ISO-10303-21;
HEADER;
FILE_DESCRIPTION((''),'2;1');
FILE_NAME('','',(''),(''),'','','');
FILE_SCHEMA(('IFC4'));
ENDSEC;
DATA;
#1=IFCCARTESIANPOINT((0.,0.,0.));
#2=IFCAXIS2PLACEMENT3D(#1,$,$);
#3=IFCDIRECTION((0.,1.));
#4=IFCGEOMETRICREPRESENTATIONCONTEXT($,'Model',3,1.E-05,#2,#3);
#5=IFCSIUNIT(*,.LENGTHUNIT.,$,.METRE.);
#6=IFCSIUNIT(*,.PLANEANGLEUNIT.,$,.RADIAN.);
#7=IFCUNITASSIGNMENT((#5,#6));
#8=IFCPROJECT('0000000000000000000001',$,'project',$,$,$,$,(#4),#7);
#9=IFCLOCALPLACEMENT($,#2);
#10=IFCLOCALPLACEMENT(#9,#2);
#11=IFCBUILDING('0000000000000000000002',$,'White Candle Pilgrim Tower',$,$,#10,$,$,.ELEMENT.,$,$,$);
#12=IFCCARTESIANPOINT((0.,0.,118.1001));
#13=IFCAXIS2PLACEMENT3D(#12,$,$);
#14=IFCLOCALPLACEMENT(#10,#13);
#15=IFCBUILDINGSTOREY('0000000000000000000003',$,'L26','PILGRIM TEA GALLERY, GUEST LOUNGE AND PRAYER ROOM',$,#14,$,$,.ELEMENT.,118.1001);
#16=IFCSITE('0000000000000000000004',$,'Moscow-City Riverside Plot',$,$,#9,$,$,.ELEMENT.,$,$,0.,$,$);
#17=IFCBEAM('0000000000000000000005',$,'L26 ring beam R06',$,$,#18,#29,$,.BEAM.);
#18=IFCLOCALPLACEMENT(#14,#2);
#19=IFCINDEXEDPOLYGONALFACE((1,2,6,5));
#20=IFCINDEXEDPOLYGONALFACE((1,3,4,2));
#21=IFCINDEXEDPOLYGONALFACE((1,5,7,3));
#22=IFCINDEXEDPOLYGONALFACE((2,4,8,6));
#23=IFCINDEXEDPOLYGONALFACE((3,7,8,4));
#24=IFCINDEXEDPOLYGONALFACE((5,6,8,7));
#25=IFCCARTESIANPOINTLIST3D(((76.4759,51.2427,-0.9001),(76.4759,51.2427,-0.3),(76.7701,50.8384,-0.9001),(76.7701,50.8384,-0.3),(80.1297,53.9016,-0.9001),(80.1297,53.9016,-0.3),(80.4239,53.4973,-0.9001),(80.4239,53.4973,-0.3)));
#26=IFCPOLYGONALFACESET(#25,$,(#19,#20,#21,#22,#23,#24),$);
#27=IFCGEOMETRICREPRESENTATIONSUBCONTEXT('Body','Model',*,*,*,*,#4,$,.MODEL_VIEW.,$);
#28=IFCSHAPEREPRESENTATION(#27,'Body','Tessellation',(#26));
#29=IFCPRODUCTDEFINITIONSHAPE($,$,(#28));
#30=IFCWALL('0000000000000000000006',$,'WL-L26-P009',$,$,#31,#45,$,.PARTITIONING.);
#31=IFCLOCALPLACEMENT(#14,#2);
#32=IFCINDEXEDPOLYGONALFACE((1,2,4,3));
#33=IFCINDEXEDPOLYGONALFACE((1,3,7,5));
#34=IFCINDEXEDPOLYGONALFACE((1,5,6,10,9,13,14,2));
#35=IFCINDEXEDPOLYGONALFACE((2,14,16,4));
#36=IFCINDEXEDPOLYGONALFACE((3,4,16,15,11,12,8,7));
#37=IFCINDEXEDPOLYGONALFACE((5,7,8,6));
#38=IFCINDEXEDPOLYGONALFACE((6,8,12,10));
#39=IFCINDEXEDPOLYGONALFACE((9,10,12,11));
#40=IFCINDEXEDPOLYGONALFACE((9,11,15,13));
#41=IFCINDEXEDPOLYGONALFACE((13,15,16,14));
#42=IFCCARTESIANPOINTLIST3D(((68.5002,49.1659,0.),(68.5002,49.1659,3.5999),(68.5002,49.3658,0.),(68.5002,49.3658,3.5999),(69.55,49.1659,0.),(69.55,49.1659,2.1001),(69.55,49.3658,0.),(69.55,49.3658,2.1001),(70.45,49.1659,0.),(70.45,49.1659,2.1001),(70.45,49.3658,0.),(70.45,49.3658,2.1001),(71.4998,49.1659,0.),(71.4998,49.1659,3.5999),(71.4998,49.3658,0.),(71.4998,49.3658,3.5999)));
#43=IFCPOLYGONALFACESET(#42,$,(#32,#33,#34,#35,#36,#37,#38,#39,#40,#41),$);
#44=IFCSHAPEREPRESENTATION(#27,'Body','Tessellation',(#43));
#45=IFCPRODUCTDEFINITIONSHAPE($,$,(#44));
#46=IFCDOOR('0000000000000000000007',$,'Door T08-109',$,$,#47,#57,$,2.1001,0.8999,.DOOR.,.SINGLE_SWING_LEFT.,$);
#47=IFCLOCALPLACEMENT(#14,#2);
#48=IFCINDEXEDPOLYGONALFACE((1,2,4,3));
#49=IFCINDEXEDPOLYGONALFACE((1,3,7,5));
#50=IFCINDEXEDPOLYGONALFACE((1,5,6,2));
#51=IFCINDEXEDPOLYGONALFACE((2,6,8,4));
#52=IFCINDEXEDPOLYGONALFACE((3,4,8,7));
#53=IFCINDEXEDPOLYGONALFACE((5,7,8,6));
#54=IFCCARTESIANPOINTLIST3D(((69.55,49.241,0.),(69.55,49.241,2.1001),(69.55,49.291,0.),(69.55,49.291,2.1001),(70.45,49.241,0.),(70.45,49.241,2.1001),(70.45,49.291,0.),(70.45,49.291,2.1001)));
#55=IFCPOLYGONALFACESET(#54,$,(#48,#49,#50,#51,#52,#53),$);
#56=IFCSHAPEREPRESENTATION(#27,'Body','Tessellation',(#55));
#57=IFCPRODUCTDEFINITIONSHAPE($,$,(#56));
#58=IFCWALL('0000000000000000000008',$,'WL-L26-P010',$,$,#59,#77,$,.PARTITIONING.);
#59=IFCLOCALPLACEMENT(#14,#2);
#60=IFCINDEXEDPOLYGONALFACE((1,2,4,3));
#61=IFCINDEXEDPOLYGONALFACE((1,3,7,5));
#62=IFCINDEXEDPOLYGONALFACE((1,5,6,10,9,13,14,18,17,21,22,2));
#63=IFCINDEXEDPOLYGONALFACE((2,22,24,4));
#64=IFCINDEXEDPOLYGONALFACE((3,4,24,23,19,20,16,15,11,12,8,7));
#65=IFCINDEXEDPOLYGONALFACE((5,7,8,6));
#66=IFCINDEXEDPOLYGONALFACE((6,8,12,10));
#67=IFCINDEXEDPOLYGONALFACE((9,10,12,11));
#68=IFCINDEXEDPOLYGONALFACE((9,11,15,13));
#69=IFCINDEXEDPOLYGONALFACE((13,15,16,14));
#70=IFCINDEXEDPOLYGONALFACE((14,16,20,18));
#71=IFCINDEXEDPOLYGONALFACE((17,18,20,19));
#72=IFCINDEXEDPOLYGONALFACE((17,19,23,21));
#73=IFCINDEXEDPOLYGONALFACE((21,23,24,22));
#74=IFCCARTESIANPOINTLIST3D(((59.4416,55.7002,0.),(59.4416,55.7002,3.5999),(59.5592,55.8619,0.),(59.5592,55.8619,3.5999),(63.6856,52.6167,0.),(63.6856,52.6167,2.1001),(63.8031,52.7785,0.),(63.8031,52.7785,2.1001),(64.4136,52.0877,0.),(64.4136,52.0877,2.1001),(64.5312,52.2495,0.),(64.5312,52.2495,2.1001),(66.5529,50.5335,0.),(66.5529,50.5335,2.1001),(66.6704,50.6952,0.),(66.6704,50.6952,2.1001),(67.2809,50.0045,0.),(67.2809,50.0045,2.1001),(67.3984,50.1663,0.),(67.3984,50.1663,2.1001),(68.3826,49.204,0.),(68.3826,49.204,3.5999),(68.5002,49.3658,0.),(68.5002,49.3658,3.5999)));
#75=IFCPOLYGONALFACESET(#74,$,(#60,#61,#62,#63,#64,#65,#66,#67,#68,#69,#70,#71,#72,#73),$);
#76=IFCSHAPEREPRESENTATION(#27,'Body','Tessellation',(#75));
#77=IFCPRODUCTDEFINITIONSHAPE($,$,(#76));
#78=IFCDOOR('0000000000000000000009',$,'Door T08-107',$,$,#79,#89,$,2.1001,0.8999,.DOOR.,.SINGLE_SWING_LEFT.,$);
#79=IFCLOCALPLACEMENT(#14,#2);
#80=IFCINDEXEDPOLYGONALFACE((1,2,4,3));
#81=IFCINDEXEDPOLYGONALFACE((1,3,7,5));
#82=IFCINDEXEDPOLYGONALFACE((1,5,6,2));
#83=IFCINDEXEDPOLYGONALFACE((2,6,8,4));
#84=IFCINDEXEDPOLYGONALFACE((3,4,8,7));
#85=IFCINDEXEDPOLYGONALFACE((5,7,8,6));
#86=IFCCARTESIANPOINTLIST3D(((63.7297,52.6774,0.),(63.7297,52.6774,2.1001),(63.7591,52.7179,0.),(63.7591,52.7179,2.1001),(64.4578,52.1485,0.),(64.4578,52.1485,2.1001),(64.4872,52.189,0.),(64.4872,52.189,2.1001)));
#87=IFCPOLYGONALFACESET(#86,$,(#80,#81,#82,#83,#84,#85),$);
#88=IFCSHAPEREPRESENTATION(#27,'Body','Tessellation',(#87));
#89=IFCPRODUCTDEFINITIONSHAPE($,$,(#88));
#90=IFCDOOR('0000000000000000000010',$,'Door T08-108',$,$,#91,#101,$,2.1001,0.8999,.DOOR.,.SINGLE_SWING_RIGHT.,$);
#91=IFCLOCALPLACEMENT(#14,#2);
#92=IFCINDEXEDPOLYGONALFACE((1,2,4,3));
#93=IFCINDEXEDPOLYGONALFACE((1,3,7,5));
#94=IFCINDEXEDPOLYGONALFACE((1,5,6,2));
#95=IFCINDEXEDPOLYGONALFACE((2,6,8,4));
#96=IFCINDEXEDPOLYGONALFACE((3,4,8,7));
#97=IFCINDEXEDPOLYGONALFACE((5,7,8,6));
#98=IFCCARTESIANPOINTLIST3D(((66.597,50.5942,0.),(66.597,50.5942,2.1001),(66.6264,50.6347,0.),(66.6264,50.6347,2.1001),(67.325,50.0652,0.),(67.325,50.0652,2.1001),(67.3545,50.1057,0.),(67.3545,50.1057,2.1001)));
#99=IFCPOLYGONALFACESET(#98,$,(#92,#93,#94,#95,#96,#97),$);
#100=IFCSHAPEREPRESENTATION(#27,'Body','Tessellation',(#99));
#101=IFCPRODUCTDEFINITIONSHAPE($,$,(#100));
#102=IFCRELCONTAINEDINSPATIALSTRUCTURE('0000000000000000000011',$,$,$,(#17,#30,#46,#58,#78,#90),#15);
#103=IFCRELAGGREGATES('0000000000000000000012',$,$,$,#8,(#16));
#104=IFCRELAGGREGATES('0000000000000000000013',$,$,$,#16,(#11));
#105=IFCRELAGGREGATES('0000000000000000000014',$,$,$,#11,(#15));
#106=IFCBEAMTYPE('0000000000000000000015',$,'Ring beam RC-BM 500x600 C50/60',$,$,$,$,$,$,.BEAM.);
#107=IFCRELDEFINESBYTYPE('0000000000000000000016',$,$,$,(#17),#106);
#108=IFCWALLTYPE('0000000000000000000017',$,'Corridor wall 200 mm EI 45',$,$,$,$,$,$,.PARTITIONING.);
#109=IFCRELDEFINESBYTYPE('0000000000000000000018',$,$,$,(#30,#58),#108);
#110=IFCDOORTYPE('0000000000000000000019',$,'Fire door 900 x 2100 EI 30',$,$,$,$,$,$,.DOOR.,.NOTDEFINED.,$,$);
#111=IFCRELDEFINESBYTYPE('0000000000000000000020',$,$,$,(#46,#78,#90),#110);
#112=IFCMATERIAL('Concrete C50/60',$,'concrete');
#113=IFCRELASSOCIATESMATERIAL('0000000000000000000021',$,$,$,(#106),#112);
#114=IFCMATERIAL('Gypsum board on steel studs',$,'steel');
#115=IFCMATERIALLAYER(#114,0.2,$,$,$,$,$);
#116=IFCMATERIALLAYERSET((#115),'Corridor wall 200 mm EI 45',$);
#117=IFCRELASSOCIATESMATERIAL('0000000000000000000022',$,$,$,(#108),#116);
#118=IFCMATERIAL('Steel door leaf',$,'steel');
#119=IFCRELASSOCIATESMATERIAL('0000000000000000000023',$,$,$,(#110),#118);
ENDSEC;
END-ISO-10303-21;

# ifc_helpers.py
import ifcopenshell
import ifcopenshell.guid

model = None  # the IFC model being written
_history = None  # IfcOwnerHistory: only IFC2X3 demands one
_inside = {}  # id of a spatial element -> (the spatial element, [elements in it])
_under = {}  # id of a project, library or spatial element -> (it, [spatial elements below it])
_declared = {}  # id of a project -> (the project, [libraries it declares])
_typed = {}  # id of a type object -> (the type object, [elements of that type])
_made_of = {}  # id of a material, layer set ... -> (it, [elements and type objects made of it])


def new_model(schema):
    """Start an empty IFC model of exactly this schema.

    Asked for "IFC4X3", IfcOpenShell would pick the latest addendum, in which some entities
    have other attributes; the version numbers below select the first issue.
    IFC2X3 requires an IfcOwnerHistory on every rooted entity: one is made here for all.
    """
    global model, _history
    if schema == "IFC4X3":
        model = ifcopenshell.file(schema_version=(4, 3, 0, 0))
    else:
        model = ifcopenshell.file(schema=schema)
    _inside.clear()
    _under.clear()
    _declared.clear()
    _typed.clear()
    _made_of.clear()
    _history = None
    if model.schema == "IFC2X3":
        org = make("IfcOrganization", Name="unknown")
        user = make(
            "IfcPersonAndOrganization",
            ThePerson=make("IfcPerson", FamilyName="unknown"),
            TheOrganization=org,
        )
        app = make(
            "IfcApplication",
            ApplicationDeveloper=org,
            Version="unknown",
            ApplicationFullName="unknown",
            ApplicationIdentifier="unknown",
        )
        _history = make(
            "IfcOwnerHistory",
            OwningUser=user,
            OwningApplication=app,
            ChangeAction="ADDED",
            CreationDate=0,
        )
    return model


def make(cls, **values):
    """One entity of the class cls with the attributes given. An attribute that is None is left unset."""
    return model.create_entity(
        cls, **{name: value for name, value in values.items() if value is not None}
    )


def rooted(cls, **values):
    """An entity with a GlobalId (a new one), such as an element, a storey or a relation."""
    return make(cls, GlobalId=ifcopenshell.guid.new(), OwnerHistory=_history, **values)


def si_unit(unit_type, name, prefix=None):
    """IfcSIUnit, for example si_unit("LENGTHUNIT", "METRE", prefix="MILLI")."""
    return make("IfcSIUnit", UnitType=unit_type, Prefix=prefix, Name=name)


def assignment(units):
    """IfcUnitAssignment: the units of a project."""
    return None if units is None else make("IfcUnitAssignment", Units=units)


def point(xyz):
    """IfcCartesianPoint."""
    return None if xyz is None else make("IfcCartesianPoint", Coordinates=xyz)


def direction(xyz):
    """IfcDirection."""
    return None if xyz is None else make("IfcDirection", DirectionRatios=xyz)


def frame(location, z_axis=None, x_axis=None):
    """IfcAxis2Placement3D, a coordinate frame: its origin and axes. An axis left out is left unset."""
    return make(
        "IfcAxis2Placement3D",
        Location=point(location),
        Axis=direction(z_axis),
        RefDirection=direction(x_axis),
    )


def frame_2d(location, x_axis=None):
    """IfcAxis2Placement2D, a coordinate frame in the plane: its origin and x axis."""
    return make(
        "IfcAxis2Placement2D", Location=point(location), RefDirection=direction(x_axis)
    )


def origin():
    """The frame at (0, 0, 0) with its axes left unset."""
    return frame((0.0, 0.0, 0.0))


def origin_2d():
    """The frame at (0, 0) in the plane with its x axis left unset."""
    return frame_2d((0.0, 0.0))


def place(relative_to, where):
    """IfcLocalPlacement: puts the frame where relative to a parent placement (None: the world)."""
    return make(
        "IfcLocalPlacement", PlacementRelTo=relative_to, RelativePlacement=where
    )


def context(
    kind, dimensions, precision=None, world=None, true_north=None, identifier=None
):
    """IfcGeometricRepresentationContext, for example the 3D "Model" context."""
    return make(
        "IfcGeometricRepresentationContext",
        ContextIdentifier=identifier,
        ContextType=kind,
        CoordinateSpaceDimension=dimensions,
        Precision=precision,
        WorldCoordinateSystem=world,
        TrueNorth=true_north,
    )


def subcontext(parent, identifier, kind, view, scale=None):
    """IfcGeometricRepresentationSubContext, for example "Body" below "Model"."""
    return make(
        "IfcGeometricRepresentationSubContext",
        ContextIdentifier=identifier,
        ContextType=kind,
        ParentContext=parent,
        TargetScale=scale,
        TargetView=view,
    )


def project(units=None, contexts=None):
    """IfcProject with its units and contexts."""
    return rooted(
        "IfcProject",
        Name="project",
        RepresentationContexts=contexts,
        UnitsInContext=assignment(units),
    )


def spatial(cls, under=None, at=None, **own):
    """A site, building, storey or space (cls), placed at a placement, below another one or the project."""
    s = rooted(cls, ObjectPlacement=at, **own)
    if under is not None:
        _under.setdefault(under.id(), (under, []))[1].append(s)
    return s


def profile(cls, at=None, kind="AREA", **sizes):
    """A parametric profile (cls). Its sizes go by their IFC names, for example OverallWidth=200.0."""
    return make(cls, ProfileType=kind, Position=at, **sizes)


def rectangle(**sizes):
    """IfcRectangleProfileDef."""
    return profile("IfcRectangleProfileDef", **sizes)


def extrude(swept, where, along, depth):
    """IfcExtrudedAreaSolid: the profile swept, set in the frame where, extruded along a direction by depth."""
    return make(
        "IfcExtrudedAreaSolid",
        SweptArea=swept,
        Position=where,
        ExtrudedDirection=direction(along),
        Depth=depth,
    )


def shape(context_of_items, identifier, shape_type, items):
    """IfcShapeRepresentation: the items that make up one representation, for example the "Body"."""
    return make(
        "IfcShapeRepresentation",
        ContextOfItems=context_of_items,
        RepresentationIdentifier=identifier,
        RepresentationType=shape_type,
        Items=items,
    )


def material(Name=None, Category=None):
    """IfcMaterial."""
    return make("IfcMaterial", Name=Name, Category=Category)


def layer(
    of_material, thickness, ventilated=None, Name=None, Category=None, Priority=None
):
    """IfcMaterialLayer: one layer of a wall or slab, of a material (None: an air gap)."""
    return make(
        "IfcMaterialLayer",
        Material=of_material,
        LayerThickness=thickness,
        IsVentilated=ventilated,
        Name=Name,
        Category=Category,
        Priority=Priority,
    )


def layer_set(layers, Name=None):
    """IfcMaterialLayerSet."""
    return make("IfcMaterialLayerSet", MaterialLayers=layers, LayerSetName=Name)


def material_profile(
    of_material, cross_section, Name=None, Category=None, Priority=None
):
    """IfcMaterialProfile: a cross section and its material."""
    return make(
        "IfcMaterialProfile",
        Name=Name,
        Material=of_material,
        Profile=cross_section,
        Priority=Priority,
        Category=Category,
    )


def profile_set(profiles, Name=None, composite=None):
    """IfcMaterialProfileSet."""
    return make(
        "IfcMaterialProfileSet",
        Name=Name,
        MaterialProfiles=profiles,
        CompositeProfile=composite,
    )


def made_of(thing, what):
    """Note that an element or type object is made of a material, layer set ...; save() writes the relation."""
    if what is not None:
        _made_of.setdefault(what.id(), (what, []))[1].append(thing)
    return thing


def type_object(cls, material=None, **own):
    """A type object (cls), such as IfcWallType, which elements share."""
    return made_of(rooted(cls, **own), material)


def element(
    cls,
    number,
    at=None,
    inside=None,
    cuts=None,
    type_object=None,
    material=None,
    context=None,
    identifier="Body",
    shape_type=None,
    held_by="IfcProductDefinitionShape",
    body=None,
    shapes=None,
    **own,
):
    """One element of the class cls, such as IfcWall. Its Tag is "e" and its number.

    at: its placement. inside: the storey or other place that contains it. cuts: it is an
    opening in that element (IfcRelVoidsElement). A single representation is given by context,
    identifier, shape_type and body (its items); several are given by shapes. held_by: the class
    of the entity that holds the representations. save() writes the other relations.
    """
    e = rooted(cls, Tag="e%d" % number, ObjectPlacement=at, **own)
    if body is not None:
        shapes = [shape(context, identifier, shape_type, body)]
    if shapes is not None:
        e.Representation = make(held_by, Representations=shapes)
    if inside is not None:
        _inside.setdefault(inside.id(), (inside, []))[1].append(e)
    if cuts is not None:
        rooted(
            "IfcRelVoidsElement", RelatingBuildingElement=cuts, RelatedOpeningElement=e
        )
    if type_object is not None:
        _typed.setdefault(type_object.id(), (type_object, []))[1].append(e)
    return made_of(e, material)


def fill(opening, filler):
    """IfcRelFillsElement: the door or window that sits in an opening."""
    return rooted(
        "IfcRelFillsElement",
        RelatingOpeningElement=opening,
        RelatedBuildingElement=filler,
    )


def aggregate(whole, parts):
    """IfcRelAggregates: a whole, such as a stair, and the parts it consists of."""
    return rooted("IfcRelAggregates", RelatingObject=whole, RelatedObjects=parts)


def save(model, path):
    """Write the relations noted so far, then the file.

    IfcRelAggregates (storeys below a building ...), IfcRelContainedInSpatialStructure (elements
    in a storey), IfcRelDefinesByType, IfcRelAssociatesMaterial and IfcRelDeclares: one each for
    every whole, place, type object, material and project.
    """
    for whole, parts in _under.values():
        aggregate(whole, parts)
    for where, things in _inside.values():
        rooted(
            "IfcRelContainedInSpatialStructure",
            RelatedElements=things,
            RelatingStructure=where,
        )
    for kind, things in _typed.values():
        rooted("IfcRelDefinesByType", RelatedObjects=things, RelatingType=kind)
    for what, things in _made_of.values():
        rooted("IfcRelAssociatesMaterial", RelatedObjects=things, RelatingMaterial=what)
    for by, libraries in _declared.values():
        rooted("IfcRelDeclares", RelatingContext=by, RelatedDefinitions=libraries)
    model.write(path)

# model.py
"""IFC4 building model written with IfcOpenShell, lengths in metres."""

from ifc_helpers import new_model, si_unit, direction, frame, frame_2d, origin, origin_2d, place, context, subcontext, project, spatial, rectangle, extrude, material, layer, layer_set, material_profile, profile_set, type_object, element, fill, save


model = new_model("IFC4")

# Units and contexts
model_context = context("Model", 3, precision=1e-05, world=origin(), true_north=direction((0.0, 1.0)))
body_context = subcontext(model_context, "Body", "Model", "MODEL_VIEW")
ifc_project = project(units=[si_unit("LENGTHUNIT", "METRE"), si_unit("PLANEANGLEUNIT", "RADIAN")], contexts=[model_context])

# Site, building, storey
site_placement = place(None, origin())
site = spatial("IfcSite", under=ifc_project, at=site_placement, Name="Moscow-City Riverside Plot", CompositionType="ELEMENT", RefElevation=0.0)
building_placement = place(site_placement, origin())
building = spatial("IfcBuilding", under=site, at=building_placement, Name="White Candle Pilgrim Tower", CompositionType="ELEMENT")
storey_placement = place(building_placement, frame((0.0, 0.0, 118.1001)))
storey = spatial("IfcBuildingStorey", under=building, at=storey_placement, Name="L26", Description="PILGRIM TEA GALLERY, GUEST LOUNGE AND PRAYER ROOM", CompositionType="ELEMENT", Elevation=118.1001)

# Beam
ifc_material_1 = material(Name="Concrete C50/60", Category="concrete")
ifc_material_profile_1 = material_profile(ifc_material_1, rectangle(XDim=0.5, YDim=0.6001, at=origin_2d()), Name="RC-BM 500x600")
ifc_profile_set_1 = profile_set([ifc_material_profile_1], Name="Concrete C50/60")
beam_type = type_object("IfcBeamType", Name="Ring beam RC-BM 500x600 C50/60", PredefinedType="BEAM", material=ifc_profile_set_1)
beam_1_placement = place(storey_placement, frame((76.623, 51.0405, -0.6001), z_axis=(0.808566, 0.588406, 0.0), x_axis=(-0.588406, 0.808566, 0.0)))
element("IfcBeam", 1, at=beam_1_placement, inside=storey, type_object=beam_type, Name="L26 ring beam R06", PredefinedType="BEAM", context=body_context, shape_type="SweptSolid", body=[
    extrude(rectangle(XDim=0.5, YDim=0.6001, at=origin_2d()), origin(), (0.0, 0.0, 1.0), 4.5188),
])

# Wall, opening, door
ifc_material_2 = material(Name="Gypsum board on steel studs", Category="steel")
ifc_layer_1 = layer(ifc_material_2, 0.2)
ifc_layer_set_1 = layer_set([ifc_layer_1], Name="Corridor wall 200 mm EI 45")
wall_type_1 = type_object("IfcWallType", Name="Corridor wall 200 mm EI 45", PredefinedType="PARTITIONING", material=ifc_layer_set_1)
wall_1_placement = place(storey_placement, frame((71.4998, 49.2659, 0.0), z_axis=(0.0, 0.0, 1.0), x_axis=(-1.0, 0.0, 0.0)))
wall_1 = element("IfcWall", 2, at=wall_1_placement, inside=storey, type_object=wall_type_1, Name="WL-L26-P009", PredefinedType="PARTITIONING", context=body_context, shape_type="SweptSolid", body=[
    extrude(rectangle(XDim=2.9995, YDim=0.2, at=frame_2d((1.4998, 0.0))), origin(), (0.0, 0.0, 1.0), 3.5999),
])
opening_1_placement = place(wall_1_placement, frame((1.0498, 0.0, 0.0)))
opening_1 = element("IfcOpeningElement", 3, at=opening_1_placement, cuts=wall_1, PredefinedType="OPENING", context=body_context, shape_type="SweptSolid", body=[
    extrude(rectangle(XDim=0.8999, YDim=2.1001, at=frame_2d((0.45, 1.05))), frame((0.0, 0.1099, 0.0), z_axis=(0.0, -1.0, 0.0), x_axis=(1.0, 0.0, 0.0)), (0.0, 0.0, 1.0), 0.22),
])
ifc_material_3 = material(Name="Steel door leaf", Category="steel")
door_type_1 = type_object("IfcDoorType", Name="Fire door 900 x 2100 EI 30", OperationType="NOTDEFINED", PredefinedType="DOOR", material=ifc_material_3)
door_1_placement = place(opening_1_placement, origin())
door_1 = element("IfcDoor", 4, at=door_1_placement, inside=storey, type_object=door_type_1, Name="Door T08-109", OperationType="SINGLE_SWING_LEFT", OverallHeight=2.1001, OverallWidth=0.8999, PredefinedType="DOOR", context=body_context, shape_type="SweptSolid", body=[
    extrude(rectangle(XDim=0.8999, YDim=2.1001, at=frame_2d((0.45, 1.05))), frame((0.0, 0.0249, 0.0), z_axis=(0.0, -1.0, 0.0), x_axis=(1.0, 0.0, 0.0)), (0.0, 0.0, 1.0), 0.05),
])
fill(opening_1, door_1)

# Wall, openings, doors
wall_2_placement = place(storey_placement, frame((68.4414, 49.2849, 0.0), z_axis=(0.0, 0.0, 1.0), x_axis=(-0.809011, 0.587793, 0.0)))
wall_2 = element("IfcWall", 5, at=wall_2_placement, inside=storey, type_object=wall_type_1, Name="WL-L26-P010", PredefinedType="PARTITIONING", context=body_context, shape_type="SweptSolid", body=[
    extrude(rectangle(XDim=11.0518, YDim=0.2, at=frame_2d((5.5259, 0.0))), origin(), (0.0, 0.0, 1.0), 3.5999),
])
opening_2_placement = place(wall_2_placement, frame((4.906, 0.0, 0.0)))
opening_2 = element("IfcOpeningElement", 6, at=opening_2_placement, cuts=wall_2, PredefinedType="OPENING", context=body_context, shape_type="SweptSolid", body=[
    extrude(rectangle(XDim=0.8999, YDim=2.1001, at=frame_2d((0.45, 1.05))), frame((0.0, 0.1099, 0.0), z_axis=(0.0, -1.0, 0.0), x_axis=(1.0, 0.0, 0.0)), (0.0, 0.0, 1.0), 0.22),
])
opening_3_placement = place(wall_2_placement, frame((1.3618, 0.0, 0.0)))
opening_3 = element("IfcOpeningElement", 7, at=opening_3_placement, cuts=wall_2, PredefinedType="OPENING", context=body_context, shape_type="SweptSolid", body=[
    extrude(rectangle(XDim=0.8999, YDim=2.1001, at=frame_2d((0.45, 1.05))), frame((0.0, 0.1099, 0.0), z_axis=(0.0, -1.0, 0.0), x_axis=(1.0, 0.0, 0.0)), (0.0, 0.0, 1.0), 0.22),
])
door_2_placement = place(opening_2_placement, origin())
door_2 = element("IfcDoor", 8, at=door_2_placement, inside=storey, type_object=door_type_1, Name="Door T08-107", OperationType="SINGLE_SWING_LEFT", OverallHeight=2.1001, OverallWidth=0.8999, PredefinedType="DOOR", context=body_context, shape_type="SweptSolid", body=[
    extrude(rectangle(XDim=0.8999, YDim=2.1001, at=frame_2d((0.45, 1.05))), frame((0.0, 0.0249, 0.0), z_axis=(0.0, -1.0, 0.0), x_axis=(1.0, 0.0, 0.0)), (0.0, 0.0, 1.0), 0.05),
])
fill(opening_2, door_2)
door_3_placement = place(opening_3_placement, origin())
door_3 = element("IfcDoor", 9, at=door_3_placement, inside=storey, type_object=door_type_1, Name="Door T08-108", OperationType="SINGLE_SWING_RIGHT", OverallHeight=2.1001, OverallWidth=0.8999, PredefinedType="DOOR", context=body_context, shape_type="SweptSolid", body=[
    extrude(rectangle(XDim=0.8999, YDim=2.1001, at=frame_2d((0.45, 1.05))), frame((0.0, 0.0249, 0.0), z_axis=(0.0, -1.0, 0.0), x_axis=(1.0, 0.0, 0.0)), (0.0, 0.0, 1.0), 0.05),
])
fill(opening_3, door_3)

save(model, "model.ifc")
